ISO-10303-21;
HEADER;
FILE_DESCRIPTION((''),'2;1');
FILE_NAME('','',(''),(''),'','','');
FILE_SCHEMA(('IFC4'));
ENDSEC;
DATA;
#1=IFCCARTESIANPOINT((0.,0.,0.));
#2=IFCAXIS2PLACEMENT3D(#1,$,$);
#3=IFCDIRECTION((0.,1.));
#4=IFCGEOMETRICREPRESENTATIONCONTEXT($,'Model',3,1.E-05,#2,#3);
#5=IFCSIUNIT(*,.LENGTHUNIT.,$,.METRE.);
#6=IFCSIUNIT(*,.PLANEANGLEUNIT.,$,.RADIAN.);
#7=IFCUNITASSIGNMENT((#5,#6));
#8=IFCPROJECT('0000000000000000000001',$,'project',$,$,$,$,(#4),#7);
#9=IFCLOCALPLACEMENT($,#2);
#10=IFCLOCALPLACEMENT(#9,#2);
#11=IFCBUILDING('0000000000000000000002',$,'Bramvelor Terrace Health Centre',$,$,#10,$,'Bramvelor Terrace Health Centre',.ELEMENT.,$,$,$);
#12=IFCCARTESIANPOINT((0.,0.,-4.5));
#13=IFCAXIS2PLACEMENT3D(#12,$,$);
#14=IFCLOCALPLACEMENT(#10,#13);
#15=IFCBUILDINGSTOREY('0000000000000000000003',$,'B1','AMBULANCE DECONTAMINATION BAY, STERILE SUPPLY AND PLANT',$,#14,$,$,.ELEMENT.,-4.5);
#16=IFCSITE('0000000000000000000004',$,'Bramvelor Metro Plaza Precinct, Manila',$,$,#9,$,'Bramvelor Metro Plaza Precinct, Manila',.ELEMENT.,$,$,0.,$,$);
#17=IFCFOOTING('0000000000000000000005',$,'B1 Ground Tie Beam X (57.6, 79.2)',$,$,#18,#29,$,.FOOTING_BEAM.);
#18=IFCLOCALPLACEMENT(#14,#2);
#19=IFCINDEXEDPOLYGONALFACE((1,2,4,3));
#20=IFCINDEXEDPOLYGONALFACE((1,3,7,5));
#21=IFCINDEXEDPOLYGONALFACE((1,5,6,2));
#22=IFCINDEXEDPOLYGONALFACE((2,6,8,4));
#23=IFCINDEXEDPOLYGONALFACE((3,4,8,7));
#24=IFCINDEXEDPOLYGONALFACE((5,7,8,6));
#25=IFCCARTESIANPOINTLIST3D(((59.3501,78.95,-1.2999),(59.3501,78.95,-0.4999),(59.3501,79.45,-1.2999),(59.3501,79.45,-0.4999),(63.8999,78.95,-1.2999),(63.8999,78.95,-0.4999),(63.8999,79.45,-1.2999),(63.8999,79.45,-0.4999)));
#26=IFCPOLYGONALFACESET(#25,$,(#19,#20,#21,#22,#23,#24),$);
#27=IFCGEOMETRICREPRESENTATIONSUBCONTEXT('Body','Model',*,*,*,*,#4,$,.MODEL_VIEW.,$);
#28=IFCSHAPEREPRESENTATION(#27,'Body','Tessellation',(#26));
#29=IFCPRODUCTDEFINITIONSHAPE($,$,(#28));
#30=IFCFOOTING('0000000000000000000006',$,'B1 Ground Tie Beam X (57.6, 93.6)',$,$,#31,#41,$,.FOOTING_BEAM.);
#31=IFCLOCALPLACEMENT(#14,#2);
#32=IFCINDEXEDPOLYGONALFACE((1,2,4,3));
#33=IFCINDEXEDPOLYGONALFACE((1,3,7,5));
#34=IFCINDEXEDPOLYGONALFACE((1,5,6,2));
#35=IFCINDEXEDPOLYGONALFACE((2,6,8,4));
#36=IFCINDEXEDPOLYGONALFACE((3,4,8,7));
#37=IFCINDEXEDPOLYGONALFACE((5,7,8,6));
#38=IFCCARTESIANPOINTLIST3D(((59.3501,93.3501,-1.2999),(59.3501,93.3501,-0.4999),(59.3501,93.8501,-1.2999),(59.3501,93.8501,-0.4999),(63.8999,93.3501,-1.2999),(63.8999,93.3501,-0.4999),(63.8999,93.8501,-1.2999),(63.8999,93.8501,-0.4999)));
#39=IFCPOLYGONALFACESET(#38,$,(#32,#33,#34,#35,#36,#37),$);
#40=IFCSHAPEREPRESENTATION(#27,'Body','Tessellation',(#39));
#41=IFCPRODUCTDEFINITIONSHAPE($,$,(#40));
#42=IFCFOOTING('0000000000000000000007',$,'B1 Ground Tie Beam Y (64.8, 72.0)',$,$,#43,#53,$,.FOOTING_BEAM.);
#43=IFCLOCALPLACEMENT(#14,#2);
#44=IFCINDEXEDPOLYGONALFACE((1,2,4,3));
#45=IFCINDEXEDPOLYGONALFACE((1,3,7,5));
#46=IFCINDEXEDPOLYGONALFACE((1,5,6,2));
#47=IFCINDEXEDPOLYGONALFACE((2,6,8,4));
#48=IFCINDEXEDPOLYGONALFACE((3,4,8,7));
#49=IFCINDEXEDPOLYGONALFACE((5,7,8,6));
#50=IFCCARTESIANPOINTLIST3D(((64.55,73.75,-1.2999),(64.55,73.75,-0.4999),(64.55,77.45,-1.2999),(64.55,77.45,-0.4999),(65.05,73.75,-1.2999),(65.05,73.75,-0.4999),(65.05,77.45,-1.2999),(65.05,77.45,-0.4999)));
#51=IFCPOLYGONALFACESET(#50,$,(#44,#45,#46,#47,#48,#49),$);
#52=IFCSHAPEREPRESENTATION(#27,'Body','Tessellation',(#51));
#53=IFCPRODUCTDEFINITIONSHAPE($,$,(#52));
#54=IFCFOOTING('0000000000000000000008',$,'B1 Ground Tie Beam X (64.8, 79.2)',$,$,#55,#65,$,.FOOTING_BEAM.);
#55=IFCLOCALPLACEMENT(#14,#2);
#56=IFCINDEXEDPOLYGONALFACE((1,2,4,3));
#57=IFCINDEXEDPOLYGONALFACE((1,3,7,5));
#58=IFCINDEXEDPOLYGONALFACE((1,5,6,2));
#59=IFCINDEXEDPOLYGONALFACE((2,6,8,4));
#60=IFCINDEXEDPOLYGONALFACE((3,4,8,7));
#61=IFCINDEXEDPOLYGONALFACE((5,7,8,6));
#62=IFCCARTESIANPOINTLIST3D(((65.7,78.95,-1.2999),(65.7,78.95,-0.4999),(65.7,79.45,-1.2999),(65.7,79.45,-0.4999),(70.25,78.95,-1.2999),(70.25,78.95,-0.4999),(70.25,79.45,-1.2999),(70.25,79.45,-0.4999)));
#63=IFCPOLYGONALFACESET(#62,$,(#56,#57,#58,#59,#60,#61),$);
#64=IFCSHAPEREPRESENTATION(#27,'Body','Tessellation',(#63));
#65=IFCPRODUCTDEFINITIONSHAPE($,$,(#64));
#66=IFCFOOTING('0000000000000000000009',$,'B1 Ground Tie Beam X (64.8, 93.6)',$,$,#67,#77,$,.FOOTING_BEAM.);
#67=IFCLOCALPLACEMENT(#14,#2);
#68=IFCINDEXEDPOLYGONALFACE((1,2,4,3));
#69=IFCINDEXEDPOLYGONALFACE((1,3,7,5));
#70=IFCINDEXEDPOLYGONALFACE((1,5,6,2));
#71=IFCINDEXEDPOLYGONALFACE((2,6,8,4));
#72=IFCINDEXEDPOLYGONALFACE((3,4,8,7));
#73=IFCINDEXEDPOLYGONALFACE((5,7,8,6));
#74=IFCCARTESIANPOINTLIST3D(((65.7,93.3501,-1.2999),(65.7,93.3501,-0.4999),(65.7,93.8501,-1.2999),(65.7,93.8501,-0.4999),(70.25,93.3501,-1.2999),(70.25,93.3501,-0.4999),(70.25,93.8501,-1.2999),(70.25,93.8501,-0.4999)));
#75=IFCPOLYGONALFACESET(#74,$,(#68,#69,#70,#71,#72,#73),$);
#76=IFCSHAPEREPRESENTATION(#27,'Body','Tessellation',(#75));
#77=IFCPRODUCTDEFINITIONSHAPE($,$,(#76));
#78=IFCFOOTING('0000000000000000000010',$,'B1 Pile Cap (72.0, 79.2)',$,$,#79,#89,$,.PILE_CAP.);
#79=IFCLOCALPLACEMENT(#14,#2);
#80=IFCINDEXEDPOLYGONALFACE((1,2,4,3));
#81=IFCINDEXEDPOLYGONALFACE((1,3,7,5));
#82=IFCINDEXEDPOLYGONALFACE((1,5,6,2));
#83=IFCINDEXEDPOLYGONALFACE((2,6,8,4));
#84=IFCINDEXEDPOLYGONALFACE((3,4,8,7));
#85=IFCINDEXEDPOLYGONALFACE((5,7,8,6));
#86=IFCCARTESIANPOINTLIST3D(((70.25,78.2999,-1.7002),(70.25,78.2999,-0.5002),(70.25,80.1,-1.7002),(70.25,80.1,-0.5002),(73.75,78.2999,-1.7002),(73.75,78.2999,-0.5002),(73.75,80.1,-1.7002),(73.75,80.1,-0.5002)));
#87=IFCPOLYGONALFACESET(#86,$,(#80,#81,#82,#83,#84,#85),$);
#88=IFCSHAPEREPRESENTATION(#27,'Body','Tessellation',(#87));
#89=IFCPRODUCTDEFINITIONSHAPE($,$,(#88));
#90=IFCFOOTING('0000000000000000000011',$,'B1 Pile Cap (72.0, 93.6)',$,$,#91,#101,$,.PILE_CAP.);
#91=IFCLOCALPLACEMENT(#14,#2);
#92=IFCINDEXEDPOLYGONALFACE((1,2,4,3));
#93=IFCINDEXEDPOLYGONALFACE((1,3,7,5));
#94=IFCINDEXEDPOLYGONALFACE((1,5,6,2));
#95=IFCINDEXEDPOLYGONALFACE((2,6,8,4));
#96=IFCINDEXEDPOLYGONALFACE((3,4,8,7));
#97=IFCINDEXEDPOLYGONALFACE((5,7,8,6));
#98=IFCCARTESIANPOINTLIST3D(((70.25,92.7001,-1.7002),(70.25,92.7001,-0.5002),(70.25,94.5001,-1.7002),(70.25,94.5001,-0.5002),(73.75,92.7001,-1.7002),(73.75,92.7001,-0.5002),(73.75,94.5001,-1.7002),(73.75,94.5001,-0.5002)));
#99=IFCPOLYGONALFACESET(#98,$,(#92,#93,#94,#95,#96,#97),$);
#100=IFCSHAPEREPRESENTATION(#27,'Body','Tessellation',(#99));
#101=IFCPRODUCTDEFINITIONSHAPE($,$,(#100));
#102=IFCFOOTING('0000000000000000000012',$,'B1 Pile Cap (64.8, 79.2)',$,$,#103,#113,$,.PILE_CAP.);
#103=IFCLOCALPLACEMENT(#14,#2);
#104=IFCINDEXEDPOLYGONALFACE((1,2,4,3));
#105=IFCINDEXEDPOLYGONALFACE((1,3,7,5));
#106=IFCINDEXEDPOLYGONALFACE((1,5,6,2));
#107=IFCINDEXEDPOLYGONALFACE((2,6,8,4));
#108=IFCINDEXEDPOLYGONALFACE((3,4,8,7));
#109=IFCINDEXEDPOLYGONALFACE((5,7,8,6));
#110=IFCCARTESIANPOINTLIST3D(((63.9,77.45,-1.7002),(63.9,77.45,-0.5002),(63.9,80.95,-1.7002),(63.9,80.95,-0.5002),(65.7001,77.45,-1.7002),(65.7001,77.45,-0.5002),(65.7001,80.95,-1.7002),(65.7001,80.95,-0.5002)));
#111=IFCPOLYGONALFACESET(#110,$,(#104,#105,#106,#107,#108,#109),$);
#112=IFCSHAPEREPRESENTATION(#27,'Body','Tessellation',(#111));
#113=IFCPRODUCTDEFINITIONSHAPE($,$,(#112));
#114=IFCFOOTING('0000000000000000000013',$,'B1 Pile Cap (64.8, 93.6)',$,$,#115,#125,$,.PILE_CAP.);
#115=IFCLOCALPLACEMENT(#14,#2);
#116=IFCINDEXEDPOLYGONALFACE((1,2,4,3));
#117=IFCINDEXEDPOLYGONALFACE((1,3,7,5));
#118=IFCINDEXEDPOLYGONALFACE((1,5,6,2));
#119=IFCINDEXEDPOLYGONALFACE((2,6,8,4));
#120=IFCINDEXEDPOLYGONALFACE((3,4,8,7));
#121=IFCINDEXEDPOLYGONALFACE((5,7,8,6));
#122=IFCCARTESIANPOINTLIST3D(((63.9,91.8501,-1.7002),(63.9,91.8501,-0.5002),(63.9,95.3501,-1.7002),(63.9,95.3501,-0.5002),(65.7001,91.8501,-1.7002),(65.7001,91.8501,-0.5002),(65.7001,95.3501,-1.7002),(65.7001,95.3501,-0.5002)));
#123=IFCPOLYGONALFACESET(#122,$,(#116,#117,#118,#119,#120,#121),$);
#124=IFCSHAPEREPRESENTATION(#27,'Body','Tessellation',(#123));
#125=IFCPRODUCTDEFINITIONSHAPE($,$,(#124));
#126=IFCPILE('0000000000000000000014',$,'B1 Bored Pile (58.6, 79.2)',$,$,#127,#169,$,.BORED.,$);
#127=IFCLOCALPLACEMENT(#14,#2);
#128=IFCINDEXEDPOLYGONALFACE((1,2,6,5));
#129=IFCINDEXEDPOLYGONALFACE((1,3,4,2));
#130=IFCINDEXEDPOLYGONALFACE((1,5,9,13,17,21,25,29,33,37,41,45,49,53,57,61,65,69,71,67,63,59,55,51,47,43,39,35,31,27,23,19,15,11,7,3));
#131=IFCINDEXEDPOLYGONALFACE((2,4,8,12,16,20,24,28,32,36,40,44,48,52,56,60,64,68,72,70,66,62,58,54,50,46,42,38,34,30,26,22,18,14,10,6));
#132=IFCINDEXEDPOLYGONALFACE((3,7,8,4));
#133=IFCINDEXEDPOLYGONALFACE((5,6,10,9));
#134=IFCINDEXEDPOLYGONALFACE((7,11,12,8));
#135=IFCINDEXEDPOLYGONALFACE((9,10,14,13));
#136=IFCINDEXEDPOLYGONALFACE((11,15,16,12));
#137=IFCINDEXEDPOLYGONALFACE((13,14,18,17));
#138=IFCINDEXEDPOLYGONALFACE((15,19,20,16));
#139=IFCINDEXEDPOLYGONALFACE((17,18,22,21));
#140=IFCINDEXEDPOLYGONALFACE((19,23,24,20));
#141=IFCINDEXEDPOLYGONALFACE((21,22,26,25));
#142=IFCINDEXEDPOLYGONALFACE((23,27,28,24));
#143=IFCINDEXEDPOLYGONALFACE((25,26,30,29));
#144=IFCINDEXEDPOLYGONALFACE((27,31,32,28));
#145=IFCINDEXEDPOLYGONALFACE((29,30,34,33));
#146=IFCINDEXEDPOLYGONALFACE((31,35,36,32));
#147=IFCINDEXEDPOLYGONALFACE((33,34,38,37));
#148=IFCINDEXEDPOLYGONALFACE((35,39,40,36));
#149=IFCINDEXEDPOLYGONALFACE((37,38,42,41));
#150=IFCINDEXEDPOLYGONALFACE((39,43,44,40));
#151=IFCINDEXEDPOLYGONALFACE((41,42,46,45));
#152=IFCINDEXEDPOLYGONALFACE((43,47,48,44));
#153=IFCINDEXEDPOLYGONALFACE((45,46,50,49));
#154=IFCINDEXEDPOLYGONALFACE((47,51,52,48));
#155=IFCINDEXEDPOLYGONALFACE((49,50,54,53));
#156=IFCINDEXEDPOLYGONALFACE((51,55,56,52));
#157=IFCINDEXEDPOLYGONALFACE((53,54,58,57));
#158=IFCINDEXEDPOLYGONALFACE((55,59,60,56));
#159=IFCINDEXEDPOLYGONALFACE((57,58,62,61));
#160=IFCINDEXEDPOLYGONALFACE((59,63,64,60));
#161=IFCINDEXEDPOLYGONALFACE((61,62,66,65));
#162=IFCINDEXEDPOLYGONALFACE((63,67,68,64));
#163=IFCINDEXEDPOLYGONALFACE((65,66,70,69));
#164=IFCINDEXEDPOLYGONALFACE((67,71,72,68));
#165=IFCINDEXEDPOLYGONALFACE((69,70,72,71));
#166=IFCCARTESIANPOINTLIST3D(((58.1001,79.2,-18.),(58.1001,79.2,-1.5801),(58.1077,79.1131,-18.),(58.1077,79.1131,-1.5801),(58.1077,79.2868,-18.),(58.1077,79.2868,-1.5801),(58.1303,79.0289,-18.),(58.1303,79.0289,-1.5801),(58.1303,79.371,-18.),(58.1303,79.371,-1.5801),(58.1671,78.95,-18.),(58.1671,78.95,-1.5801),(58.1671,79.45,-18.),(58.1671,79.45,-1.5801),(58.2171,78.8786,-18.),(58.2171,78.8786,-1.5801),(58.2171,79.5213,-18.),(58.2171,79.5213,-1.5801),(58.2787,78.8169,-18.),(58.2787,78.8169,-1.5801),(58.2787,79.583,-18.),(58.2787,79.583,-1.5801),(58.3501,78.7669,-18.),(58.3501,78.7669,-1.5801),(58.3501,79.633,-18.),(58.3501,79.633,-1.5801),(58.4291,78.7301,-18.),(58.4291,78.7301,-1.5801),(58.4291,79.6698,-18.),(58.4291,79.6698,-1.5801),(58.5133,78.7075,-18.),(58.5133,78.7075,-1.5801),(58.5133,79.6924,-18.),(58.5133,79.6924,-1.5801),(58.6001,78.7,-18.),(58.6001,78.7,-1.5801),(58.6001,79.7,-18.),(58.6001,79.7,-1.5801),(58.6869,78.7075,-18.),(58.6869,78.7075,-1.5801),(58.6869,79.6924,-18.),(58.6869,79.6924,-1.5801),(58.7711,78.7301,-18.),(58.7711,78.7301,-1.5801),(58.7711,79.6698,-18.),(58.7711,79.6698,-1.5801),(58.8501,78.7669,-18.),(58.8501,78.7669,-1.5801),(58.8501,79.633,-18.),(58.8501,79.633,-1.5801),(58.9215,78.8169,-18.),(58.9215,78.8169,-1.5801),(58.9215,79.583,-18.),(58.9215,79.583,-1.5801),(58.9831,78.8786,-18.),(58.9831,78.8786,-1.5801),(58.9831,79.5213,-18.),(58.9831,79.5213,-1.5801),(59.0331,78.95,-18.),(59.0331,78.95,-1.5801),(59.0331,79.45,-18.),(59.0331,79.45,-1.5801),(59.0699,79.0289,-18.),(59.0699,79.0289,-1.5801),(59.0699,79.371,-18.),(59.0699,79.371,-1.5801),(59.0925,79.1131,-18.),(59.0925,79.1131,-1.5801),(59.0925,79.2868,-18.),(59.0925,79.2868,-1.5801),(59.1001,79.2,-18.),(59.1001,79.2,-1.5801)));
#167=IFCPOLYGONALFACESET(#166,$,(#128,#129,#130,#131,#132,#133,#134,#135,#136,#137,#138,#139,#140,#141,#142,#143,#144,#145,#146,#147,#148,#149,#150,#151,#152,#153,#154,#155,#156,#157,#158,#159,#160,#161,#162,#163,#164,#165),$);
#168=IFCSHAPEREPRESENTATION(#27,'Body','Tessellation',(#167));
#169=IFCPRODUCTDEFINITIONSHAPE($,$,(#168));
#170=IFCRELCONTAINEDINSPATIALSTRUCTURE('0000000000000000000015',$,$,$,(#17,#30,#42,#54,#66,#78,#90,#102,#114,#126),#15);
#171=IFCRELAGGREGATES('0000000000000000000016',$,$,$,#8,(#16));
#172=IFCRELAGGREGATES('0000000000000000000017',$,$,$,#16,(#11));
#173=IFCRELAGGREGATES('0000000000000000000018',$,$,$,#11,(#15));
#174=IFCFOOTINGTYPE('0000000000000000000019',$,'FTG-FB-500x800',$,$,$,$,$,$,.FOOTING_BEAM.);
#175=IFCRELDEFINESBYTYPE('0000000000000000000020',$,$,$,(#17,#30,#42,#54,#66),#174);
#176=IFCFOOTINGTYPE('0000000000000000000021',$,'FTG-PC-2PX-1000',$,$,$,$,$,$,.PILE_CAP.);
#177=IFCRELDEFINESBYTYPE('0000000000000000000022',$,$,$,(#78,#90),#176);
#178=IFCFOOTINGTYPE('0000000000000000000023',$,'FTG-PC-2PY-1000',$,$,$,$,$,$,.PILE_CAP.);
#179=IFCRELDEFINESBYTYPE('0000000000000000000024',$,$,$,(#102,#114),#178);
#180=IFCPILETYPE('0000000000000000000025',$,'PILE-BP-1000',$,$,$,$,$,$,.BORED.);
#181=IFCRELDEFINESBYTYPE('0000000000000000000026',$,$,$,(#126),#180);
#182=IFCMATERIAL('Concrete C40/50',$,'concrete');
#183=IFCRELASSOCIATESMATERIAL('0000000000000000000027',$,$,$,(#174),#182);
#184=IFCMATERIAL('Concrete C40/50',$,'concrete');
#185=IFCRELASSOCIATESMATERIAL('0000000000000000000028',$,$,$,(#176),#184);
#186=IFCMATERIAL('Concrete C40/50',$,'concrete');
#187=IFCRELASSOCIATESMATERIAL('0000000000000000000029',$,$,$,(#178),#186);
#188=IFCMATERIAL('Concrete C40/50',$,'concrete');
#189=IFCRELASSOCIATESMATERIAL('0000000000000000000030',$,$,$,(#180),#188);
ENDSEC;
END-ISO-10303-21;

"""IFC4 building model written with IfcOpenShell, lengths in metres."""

from ifc_helpers import new_model, si_unit, direction, frame, origin, origin_2d, place, context, subcontext, project, spatial, rectangle, circle, extrude, material, material_profile, profile_set, type_object, element, save


model = new_model("IFC4")

# Units and contexts
model_context = context("Model", 3, precision=1e-05, world=origin(), true_north=direction((0.0, 1.0)))
body_context = subcontext(model_context, "Body", "Model", "MODEL_VIEW")
ifc_project = project(units=[si_unit("LENGTHUNIT", "METRE"), si_unit("PLANEANGLEUNIT", "RADIAN")], contexts=[model_context])

# Site, building, storey
site_placement = place(None, origin())
site = spatial("IfcSite", under=ifc_project, at=site_placement, Name="Bramvelor Metro Plaza Precinct, Manila", LongName="Bramvelor Metro Plaza Precinct, Manila", CompositionType="ELEMENT", RefElevation=0.0)
building_placement = place(site_placement, origin())
building = spatial("IfcBuilding", under=site, at=building_placement, Name="Bramvelor Terrace Health Centre", LongName="Bramvelor Terrace Health Centre", CompositionType="ELEMENT")
storey_placement = place(building_placement, frame((0.0, 0.0, -4.5)))
storey = spatial("IfcBuildingStorey", under=building, at=storey_placement, Name="B1", Description="AMBULANCE DECONTAMINATION BAY, STERILE SUPPLY AND PLANT", CompositionType="ELEMENT", Elevation=-4.5)

# Footings
ifc_material_1 = material(Name="Concrete C40/50", Category="concrete")
ifc_material_profile_1 = material_profile(ifc_material_1, rectangle(XDim=0.5, YDim=0.8, at=origin_2d()), Name="RC 500x800")
ifc_profile_set_1 = profile_set([ifc_material_profile_1], Name="Concrete C40/50")
footing_type_1 = type_object("IfcFootingType", Name="FTG-FB-500x800", PredefinedType="FOOTING_BEAM", material=ifc_profile_set_1)
for number, where, z_axis, x_axis, name in (
    (1, (59.3501, 79.2, -0.8999), (1.0, 0.0, 0.0), (0.0, 1.0, 0.0), "B1 Ground Tie Beam X (57.6, 79.2)"),
    (2, (59.3501, 93.6001, -0.8999), (1.0, 0.0, 0.0), (0.0, 1.0, 0.0), "B1 Ground Tie Beam X (57.6, 93.6)"),
):
    element("IfcFooting", number, at=place(storey_placement, frame(where, z_axis=z_axis, x_axis=x_axis)), inside=storey, type_object=footing_type_1, Name=name, PredefinedType="FOOTING_BEAM", context=body_context, shape_type="SweptSolid", body=[
        extrude(rectangle(XDim=0.5, YDim=0.8, at=origin_2d()), origin(), (0.0, 0.0, 1.0), 4.5498),
    ])
footing_placement = place(storey_placement, frame((64.8, 73.75, -0.8999), z_axis=(0.0, 1.0, 0.0), x_axis=(-1.0, 0.0, 0.0)))
element("IfcFooting", 3, at=footing_placement, inside=storey, type_object=footing_type_1, Name="B1 Ground Tie Beam Y (64.8, 72.0)", PredefinedType="FOOTING_BEAM", context=body_context, shape_type="SweptSolid", body=[
    extrude(rectangle(XDim=0.5, YDim=0.8, at=origin_2d()), origin(), (0.0, 0.0, 1.0), 3.7),
])
for number, where, z_axis, x_axis, name in (
    (4, (65.7, 79.2, -0.8999), (1.0, 0.0, 0.0), (0.0, 1.0, 0.0), "B1 Ground Tie Beam X (64.8, 79.2)"),
    (5, (65.7, 93.6001, -0.8999), (1.0, 0.0, 0.0), (0.0, 1.0, 0.0), "B1 Ground Tie Beam X (64.8, 93.6)"),
):
    element("IfcFooting", number, at=place(storey_placement, frame(where, z_axis=z_axis, x_axis=x_axis)), inside=storey, type_object=footing_type_1, Name=name, PredefinedType="FOOTING_BEAM", context=body_context, shape_type="SweptSolid", body=[
        extrude(rectangle(XDim=0.5, YDim=0.8, at=origin_2d()), origin(), (0.0, 0.0, 1.0), 4.55),
    ])
ifc_material_2 = material(Name="Concrete C40/50", Category="concrete")
footing_type_2 = type_object("IfcFootingType", Name="FTG-PC-2PX-1000", PredefinedType="PILE_CAP", material=ifc_material_2)
for number, where, z_axis, x_axis, name in (
    (6, (72.0, 79.2, -1.7002), (0.0, 0.0, 1.0), (1.0, 0.0, 0.0), "B1 Pile Cap (72.0, 79.2)"),
    (7, (72.0, 93.6001, -1.7002), (0.0, 0.0, 1.0), (1.0, 0.0, 0.0), "B1 Pile Cap (72.0, 93.6)"),
):
    element("IfcFooting", number, at=place(storey_placement, frame(where, z_axis=z_axis, x_axis=x_axis)), inside=storey, type_object=footing_type_2, Name=name, PredefinedType="PILE_CAP", context=body_context, shape_type="SweptSolid", body=[
        extrude(rectangle(XDim=3.5, YDim=1.8, at=origin_2d()), origin(), (0.0, 0.0, 1.0), 1.2),
    ])
ifc_material_3 = material(Name="Concrete C40/50", Category="concrete")
footing_type_3 = type_object("IfcFootingType", Name="FTG-PC-2PY-1000", PredefinedType="PILE_CAP", material=ifc_material_3)
for number, where, z_axis, x_axis, name in (
    (8, (64.8, 79.2, -1.7002), (0.0, 0.0, 1.0), (1.0, 0.0, 0.0), "B1 Pile Cap (64.8, 79.2)"),
    (9, (64.8, 93.6001, -1.7002), (0.0, 0.0, 1.0), (1.0, 0.0, 0.0), "B1 Pile Cap (64.8, 93.6)"),
):
    element("IfcFooting", number, at=place(storey_placement, frame(where, z_axis=z_axis, x_axis=x_axis)), inside=storey, type_object=footing_type_3, Name=name, PredefinedType="PILE_CAP", context=body_context, shape_type="SweptSolid", body=[
        extrude(rectangle(XDim=1.8, YDim=3.5, at=origin_2d()), origin(), (0.0, 0.0, 1.0), 1.2),
    ])

# Pile
ifc_material_4 = material(Name="Concrete C40/50", Category="concrete")
ifc_material_profile_2 = material_profile(ifc_material_4, circle(Radius=0.5, at=origin_2d()), Name="BP D1000")
ifc_profile_set_2 = profile_set([ifc_material_profile_2], Name="Concrete C40/50")
pile_type = type_object("IfcPileType", Name="PILE-BP-1000", PredefinedType="BORED", material=ifc_profile_set_2)
for number, where, z_axis, x_axis, name in (
    (10, (58.6001, 79.2, -1.5801), (0.0, 0.0, -1.0), (1.0, 0.0, 0.0), "B1 Bored Pile (58.6, 79.2)"),
):
    element("IfcPile", number, at=place(storey_placement, frame(where, z_axis=z_axis, x_axis=x_axis)), inside=storey, type_object=pile_type, Name=name, PredefinedType="BORED", context=body_context, shape_type="SweptSolid", body=[
        extrude(circle(Radius=0.5, at=origin_2d()), origin(), (0.0, 0.0, 1.0), 16.4199),
    ])

save(model, "model.ifc")
